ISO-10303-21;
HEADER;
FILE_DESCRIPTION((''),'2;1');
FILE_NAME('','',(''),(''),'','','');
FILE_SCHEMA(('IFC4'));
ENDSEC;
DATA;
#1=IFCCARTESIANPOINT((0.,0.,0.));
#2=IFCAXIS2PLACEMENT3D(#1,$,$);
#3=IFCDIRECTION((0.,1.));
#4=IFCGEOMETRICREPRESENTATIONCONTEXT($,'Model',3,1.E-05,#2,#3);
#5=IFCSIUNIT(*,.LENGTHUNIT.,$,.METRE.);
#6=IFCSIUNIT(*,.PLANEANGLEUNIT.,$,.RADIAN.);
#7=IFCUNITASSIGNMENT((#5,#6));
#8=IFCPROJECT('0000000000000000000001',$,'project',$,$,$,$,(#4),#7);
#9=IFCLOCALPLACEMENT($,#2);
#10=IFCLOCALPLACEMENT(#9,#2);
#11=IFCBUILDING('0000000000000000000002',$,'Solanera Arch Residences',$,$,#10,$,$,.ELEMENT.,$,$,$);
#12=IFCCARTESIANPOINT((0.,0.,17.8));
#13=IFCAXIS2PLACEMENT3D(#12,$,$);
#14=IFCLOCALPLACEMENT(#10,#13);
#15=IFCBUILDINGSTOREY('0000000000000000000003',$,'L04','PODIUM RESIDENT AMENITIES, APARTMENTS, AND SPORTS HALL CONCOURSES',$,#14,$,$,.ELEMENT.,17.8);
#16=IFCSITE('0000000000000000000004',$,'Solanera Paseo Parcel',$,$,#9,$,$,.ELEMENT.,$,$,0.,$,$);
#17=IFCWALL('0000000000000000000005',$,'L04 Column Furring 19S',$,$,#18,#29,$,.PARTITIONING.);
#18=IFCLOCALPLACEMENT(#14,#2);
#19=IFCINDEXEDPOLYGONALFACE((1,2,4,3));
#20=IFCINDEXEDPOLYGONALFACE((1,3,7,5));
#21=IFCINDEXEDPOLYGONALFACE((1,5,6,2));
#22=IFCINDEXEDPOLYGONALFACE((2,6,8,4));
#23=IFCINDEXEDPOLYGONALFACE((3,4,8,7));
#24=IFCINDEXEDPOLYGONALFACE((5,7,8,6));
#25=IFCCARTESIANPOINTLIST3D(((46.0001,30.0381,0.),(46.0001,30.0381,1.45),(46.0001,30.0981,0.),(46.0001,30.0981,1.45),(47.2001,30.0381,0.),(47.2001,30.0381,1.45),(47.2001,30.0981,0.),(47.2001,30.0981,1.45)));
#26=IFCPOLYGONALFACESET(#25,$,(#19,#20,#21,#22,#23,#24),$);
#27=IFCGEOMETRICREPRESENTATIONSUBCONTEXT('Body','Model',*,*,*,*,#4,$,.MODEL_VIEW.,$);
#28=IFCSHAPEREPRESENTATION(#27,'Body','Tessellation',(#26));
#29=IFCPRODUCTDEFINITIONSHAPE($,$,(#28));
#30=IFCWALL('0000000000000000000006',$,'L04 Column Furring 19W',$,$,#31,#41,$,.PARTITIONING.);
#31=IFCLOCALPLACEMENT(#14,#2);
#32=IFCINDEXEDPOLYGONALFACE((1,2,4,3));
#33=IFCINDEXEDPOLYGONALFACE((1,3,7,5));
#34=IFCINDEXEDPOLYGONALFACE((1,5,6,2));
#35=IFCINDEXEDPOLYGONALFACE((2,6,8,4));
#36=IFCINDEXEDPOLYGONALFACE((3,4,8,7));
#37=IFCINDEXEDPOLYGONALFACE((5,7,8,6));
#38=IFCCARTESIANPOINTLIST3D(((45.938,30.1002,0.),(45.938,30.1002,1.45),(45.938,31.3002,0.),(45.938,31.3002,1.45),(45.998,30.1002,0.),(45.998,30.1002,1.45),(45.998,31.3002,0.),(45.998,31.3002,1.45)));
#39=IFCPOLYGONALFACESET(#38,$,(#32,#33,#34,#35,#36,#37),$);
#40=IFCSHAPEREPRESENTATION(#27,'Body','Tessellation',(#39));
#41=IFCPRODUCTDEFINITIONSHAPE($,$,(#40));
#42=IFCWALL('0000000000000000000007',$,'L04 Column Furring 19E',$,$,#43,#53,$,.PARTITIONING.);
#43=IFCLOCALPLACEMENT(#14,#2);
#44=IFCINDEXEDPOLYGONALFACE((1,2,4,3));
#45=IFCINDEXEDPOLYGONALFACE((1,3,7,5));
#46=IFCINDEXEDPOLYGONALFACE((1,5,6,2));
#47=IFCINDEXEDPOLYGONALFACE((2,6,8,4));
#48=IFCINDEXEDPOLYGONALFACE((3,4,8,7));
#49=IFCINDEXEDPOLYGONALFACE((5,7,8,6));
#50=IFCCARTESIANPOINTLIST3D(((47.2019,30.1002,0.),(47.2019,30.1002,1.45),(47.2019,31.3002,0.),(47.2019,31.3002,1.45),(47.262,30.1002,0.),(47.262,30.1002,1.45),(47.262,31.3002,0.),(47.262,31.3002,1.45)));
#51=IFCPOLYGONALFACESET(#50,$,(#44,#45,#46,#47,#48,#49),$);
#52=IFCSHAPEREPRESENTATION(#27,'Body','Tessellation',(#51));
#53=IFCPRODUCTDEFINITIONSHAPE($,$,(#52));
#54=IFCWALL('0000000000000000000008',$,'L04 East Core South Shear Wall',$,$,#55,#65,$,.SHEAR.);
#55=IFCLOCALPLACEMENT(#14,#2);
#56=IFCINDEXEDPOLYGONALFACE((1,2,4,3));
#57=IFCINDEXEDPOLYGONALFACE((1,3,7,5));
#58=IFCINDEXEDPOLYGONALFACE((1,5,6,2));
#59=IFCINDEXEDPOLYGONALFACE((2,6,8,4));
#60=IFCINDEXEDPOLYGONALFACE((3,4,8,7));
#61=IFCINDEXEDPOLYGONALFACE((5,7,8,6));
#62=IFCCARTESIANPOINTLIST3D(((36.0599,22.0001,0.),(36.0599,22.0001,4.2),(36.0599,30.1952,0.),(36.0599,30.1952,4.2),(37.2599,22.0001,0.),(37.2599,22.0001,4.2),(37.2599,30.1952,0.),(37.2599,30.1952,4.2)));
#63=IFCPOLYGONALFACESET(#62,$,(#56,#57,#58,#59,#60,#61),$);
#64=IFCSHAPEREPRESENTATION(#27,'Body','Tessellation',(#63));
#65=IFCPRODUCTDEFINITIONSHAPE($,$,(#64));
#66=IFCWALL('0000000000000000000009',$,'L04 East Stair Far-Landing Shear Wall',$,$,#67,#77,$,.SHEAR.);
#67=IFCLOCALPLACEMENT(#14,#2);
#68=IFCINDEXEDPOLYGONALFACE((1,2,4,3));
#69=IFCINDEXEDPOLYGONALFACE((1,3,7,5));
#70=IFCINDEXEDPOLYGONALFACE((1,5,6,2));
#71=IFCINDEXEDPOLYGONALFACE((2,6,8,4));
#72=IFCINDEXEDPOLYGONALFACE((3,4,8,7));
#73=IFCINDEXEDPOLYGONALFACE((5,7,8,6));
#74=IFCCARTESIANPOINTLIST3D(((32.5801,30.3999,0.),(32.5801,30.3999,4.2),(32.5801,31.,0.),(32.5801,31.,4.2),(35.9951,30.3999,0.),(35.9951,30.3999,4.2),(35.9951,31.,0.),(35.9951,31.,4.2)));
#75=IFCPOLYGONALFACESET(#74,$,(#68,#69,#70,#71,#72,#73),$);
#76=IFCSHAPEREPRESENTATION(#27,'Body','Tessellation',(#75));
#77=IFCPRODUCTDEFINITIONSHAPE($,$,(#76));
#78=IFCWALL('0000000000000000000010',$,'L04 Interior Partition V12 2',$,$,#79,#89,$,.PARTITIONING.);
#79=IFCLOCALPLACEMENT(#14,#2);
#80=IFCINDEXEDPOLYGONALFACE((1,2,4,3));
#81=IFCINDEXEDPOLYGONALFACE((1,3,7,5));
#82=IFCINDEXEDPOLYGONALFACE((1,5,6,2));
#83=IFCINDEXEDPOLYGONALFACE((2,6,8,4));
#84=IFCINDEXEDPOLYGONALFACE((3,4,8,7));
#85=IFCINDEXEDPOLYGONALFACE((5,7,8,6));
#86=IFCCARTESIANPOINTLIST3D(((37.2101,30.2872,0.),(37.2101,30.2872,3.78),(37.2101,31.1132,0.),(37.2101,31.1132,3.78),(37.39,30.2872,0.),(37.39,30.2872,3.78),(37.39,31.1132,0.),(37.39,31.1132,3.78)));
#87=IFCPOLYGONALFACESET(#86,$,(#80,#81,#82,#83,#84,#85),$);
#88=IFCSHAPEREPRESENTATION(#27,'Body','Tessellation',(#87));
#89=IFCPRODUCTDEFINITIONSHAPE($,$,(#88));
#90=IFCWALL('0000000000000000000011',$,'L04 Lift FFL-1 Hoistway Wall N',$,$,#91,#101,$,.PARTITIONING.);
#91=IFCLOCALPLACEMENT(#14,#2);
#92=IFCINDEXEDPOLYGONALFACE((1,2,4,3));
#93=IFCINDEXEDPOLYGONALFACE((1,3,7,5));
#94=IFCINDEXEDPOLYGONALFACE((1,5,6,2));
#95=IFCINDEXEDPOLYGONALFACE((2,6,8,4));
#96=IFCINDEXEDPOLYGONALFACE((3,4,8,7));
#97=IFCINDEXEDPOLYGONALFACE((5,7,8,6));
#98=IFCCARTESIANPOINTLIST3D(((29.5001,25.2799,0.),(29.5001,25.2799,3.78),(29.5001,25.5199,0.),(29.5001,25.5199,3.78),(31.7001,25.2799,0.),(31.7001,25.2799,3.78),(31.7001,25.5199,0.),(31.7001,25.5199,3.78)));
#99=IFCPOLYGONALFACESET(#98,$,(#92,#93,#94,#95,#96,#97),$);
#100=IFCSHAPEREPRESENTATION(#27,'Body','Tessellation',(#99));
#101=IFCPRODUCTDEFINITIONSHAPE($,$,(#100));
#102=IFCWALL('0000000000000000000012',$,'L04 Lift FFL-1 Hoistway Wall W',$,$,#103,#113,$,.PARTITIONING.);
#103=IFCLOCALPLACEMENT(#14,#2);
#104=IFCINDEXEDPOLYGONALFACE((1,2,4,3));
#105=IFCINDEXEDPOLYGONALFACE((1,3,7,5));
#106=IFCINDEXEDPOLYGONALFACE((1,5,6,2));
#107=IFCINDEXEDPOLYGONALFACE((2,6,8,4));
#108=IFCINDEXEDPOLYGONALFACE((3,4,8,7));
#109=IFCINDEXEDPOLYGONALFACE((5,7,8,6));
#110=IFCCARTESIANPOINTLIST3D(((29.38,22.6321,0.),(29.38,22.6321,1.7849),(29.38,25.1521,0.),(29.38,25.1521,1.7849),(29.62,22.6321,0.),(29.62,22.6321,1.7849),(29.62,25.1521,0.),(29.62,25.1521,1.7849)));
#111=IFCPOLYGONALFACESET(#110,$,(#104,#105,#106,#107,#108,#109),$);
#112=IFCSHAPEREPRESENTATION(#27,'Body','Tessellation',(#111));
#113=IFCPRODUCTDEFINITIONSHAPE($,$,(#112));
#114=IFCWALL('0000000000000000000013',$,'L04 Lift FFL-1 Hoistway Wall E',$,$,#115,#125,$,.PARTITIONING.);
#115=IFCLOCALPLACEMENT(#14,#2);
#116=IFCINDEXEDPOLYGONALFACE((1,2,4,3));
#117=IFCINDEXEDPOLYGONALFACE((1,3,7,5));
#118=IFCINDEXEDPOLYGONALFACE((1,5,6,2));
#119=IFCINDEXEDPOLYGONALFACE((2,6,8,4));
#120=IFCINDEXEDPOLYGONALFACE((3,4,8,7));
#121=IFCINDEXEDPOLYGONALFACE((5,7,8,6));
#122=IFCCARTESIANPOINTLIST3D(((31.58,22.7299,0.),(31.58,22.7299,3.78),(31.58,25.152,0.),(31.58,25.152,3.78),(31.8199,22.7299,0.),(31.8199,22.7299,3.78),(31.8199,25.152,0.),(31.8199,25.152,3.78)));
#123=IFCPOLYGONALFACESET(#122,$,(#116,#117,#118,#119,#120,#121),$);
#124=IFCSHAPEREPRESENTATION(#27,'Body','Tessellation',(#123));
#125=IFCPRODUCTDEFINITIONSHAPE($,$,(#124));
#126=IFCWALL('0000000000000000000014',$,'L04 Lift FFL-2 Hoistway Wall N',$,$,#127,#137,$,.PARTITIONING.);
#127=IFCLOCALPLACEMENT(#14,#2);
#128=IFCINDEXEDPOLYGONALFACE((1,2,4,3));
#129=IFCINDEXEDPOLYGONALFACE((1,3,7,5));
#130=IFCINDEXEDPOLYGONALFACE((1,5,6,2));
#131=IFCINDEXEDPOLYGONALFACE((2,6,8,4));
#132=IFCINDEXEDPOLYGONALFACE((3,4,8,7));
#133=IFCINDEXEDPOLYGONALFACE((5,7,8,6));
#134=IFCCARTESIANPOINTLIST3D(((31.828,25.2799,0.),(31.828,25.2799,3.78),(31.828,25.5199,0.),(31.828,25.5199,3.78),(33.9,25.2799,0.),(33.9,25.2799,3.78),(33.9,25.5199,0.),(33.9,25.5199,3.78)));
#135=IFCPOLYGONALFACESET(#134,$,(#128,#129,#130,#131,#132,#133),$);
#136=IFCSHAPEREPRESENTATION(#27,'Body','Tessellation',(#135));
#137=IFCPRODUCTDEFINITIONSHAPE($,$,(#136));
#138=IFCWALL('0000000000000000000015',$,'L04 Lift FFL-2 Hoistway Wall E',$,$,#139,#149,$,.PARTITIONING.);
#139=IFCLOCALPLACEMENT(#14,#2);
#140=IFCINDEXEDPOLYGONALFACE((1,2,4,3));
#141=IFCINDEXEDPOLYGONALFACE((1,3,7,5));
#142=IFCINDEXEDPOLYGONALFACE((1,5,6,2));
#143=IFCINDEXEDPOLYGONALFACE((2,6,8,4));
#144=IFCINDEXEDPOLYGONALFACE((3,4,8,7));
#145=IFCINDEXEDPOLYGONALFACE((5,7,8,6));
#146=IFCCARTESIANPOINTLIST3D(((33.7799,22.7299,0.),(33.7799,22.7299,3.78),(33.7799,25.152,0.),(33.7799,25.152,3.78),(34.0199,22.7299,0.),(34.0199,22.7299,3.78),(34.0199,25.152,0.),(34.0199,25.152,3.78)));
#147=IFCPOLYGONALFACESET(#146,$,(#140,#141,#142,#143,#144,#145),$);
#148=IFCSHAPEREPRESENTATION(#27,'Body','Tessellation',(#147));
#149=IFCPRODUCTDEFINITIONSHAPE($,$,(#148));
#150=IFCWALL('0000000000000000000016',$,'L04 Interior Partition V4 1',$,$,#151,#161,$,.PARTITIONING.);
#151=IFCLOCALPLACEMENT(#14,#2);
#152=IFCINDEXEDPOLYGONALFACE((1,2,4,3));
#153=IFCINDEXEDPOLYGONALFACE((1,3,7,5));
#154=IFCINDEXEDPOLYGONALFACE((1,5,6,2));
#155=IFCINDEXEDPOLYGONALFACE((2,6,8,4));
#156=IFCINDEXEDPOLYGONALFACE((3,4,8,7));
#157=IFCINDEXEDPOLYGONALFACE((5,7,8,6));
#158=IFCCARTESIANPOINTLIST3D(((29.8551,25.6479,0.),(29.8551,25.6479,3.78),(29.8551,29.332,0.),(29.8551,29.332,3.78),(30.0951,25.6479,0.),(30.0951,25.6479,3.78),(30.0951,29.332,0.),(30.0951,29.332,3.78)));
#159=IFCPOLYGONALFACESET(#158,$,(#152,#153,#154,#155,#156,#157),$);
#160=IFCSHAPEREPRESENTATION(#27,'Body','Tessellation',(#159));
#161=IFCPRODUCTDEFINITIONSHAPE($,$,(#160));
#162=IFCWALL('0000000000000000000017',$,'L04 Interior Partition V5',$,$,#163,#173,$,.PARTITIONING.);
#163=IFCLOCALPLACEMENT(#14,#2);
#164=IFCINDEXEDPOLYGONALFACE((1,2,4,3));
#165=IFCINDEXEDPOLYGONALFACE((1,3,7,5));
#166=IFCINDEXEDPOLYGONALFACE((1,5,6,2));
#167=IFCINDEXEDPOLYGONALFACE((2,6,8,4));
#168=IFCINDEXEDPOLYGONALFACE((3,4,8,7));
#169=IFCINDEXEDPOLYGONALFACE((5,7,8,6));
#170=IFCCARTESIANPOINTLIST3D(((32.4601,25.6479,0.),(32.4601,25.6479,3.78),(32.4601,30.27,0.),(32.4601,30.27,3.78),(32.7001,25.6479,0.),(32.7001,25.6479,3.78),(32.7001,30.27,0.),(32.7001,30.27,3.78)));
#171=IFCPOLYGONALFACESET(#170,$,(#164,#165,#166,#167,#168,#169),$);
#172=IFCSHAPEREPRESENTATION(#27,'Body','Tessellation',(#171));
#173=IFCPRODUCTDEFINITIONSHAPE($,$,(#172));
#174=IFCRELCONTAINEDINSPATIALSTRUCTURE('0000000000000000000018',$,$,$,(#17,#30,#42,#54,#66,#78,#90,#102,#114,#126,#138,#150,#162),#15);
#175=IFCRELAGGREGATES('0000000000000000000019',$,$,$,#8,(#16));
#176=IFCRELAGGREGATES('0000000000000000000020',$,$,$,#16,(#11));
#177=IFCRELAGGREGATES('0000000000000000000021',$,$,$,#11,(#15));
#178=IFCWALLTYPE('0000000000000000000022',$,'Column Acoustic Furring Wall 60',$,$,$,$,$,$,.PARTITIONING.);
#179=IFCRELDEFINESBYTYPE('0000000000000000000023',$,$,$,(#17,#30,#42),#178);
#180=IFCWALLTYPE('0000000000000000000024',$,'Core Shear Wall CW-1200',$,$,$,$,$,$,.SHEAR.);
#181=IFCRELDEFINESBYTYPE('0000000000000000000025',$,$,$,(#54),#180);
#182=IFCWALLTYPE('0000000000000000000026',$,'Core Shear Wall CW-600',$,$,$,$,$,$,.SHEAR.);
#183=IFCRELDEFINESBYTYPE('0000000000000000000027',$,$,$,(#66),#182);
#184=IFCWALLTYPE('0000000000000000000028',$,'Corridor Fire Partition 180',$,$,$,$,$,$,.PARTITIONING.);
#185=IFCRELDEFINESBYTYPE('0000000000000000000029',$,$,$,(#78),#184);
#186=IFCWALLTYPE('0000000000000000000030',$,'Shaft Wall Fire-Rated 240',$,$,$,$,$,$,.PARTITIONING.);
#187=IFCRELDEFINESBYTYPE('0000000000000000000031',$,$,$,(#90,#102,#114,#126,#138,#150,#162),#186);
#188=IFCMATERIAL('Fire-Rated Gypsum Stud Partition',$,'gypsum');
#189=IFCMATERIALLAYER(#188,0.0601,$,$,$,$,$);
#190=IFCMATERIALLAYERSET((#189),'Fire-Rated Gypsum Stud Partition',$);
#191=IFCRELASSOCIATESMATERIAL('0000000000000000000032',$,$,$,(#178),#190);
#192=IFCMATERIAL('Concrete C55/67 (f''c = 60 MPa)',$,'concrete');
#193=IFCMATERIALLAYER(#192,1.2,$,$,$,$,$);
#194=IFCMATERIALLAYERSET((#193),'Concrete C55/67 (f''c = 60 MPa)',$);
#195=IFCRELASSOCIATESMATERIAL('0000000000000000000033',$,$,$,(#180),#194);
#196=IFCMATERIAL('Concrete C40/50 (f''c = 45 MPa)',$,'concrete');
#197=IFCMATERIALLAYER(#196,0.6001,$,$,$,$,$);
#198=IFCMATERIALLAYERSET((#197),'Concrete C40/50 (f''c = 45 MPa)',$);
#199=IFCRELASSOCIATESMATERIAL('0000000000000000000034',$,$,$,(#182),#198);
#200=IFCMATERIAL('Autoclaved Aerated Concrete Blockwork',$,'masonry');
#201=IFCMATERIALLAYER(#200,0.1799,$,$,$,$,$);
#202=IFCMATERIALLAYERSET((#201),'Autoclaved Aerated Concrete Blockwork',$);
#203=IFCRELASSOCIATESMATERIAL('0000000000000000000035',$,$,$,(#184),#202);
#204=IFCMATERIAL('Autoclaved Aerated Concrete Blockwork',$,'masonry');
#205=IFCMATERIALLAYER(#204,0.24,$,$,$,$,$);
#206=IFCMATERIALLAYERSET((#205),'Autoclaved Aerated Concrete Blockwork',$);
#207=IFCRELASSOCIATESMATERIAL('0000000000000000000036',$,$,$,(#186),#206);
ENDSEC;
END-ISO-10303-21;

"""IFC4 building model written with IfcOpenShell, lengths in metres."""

from ifc_helpers import new_model, si_unit, direction, frame, frame_2d, origin, place, context, subcontext, project, spatial, rectangle, extrude, material, layer, layer_set, type_object, element, save


model = new_model("IFC4")

# Units and contexts
model_context = context("Model", 3, precision=1e-05, world=origin(), true_north=direction((0.0, 1.0)))
body_context = subcontext(model_context, "Body", "Model", "MODEL_VIEW")
ifc_project = project(units=[si_unit("LENGTHUNIT", "METRE"), si_unit("PLANEANGLEUNIT", "RADIAN")], contexts=[model_context])

# Site, building, storey
site_placement = place(None, origin())
site = spatial("IfcSite", under=ifc_project, at=site_placement, Name="Solanera Paseo Parcel", CompositionType="ELEMENT", RefElevation=0.0)
building_placement = place(site_placement, origin())
building = spatial("IfcBuilding", under=site, at=building_placement, Name="Solanera Arch Residences", CompositionType="ELEMENT")
storey_placement = place(building_placement, frame((0.0, 0.0, 17.8)))
storey = spatial("IfcBuildingStorey", under=building, at=storey_placement, Name="L04", Description="PODIUM RESIDENT AMENITIES, APARTMENTS, AND SPORTS HALL CONCOURSES", CompositionType="ELEMENT", Elevation=17.8)

# Walls
ifc_material_1 = material(Name="Fire-Rated Gypsum Stud Partition", Category="gypsum")
ifc_layer_1 = layer(ifc_material_1, 0.0601)
ifc_layer_set_1 = layer_set([ifc_layer_1], Name="Fire-Rated Gypsum Stud Partition")
wall_type_1 = type_object("IfcWallType", Name="Column Acoustic Furring Wall 60", PredefinedType="PARTITIONING", material=ifc_layer_set_1)
for number, where, z_axis, x_axis, name in (
    (1, (46.0, 30.0681, 0.0), (0.0, 0.0, 1.0), (1.0, 0.0, 0.0), "L04 Column Furring 19S"),
    (2, (45.968, 30.1001, 0.0), (0.0, 0.0, 1.0), (0.0, 1.0, 0.0), "L04 Column Furring 19W"),
    (3, (47.2319, 30.1001, 0.0), (0.0, 0.0, 1.0), (0.0, 1.0, 0.0), "L04 Column Furring 19E"),
):
    element("IfcWall", number, at=place(storey_placement, frame(where, z_axis=z_axis, x_axis=x_axis)), inside=storey, type_object=wall_type_1, Name=name, PredefinedType="PARTITIONING", context=body_context, shape_type="SweptSolid", body=[
        extrude(rectangle(XDim=1.2, YDim=0.0601, at=frame_2d((0.6001, 0.0))), origin(), (0.0, 0.0, 1.0), 1.45),
    ])
ifc_material_2 = material(Name="Concrete C55/67 (f'c = 60 MPa)", Category="concrete")
ifc_layer_2 = layer(ifc_material_2, 1.2)
ifc_layer_set_2 = layer_set([ifc_layer_2], Name="Concrete C55/67 (f'c = 60 MPa)")
wall_type_2 = type_object("IfcWallType", Name="Core Shear Wall CW-1200", PredefinedType="SHEAR", material=ifc_layer_set_2)
wall_1_placement = place(storey_placement, frame((36.6599, 22.0, 0.0), z_axis=(0.0, 0.0, 1.0), x_axis=(0.0, 1.0, 0.0)))
element("IfcWall", 4, at=wall_1_placement, inside=storey, type_object=wall_type_2, Name="L04 East Core South Shear Wall", PredefinedType="SHEAR", context=body_context, shape_type="SweptSolid", body=[
    extrude(rectangle(XDim=8.1951, YDim=1.2, at=frame_2d((4.0977, 0.0))), origin(), (0.0, 0.0, 1.0), 4.2),
])
ifc_material_3 = material(Name="Concrete C40/50 (f'c = 45 MPa)", Category="concrete")
ifc_layer_3 = layer(ifc_material_3, 0.6001)
ifc_layer_set_3 = layer_set([ifc_layer_3], Name="Concrete C40/50 (f'c = 45 MPa)")
wall_type_3 = type_object("IfcWallType", Name="Core Shear Wall CW-600", PredefinedType="SHEAR", material=ifc_layer_set_3)
wall_2_placement = place(storey_placement, frame((32.5801, 30.7, 0.0), z_axis=(0.0, 0.0, 1.0), x_axis=(1.0, 0.0, 0.0)))
element("IfcWall", 5, at=wall_2_placement, inside=storey, type_object=wall_type_3, Name="L04 East Stair Far-Landing Shear Wall", PredefinedType="SHEAR", context=body_context, shape_type="SweptSolid", body=[
    extrude(rectangle(XDim=3.415, YDim=0.6001, at=frame_2d((1.7075, 0.0))), origin(), (0.0, 0.0, 1.0), 4.2),
])
ifc_material_4 = material(Name="Autoclaved Aerated Concrete Blockwork", Category="masonry")
ifc_layer_4 = layer(ifc_material_4, 0.1799)
ifc_layer_set_4 = layer_set([ifc_layer_4], Name="Autoclaved Aerated Concrete Blockwork")
wall_type_4 = type_object("IfcWallType", Name="Corridor Fire Partition 180", PredefinedType="PARTITIONING", material=ifc_layer_set_4)
wall_3_placement = place(storey_placement, frame((37.3, 30.2871, 0.0), z_axis=(0.0, 0.0, 1.0), x_axis=(0.0, 1.0, 0.0)))
element("IfcWall", 6, at=wall_3_placement, inside=storey, type_object=wall_type_4, Name="L04 Interior Partition V12 2", PredefinedType="PARTITIONING", context=body_context, shape_type="SweptSolid", body=[
    extrude(rectangle(XDim=0.8259, YDim=0.1799, at=frame_2d((0.4131, 0.0))), origin(), (0.0, 0.0, 1.0), 3.78),
])
ifc_material_5 = material(Name="Autoclaved Aerated Concrete Blockwork", Category="masonry")
ifc_layer_5 = layer(ifc_material_5, 0.24)
ifc_layer_set_5 = layer_set([ifc_layer_5], Name="Autoclaved Aerated Concrete Blockwork")
wall_type_5 = type_object("IfcWallType", Name="Shaft Wall Fire-Rated 240", PredefinedType="PARTITIONING", material=ifc_layer_set_5)
wall_4_placement = place(storey_placement, frame((29.5, 25.3999, 0.0), z_axis=(0.0, 0.0, 1.0), x_axis=(1.0, 0.0, 0.0)))
element("IfcWall", 7, at=wall_4_placement, inside=storey, type_object=wall_type_5, Name="L04 Lift FFL-1 Hoistway Wall N", PredefinedType="PARTITIONING", context=body_context, shape_type="SweptSolid", body=[
    extrude(rectangle(XDim=2.2, YDim=0.24, at=frame_2d((1.1001, 0.0))), origin(), (0.0, 0.0, 1.0), 3.78),
])
wall_5_placement = place(storey_placement, frame((29.5, 22.6321, 0.0), z_axis=(0.0, 0.0, 1.0), x_axis=(0.0, 1.0, 0.0)))
element("IfcWall", 8, at=wall_5_placement, inside=storey, type_object=wall_type_5, Name="L04 Lift FFL-1 Hoistway Wall W", PredefinedType="PARTITIONING", context=body_context, shape_type="SweptSolid", body=[
    extrude(rectangle(XDim=2.52, YDim=0.24, at=frame_2d((1.26, 0.0))), origin(), (0.0, 0.0, 1.0), 1.7849),
])
wall_6_placement = place(storey_placement, frame((31.7, 22.73, 0.0), z_axis=(0.0, 0.0, 1.0), x_axis=(0.0, 1.0, 0.0)))
element("IfcWall", 9, at=wall_6_placement, inside=storey, type_object=wall_type_5, Name="L04 Lift FFL-1 Hoistway Wall E", PredefinedType="PARTITIONING", context=body_context, shape_type="SweptSolid", body=[
    extrude(rectangle(XDim=2.4221, YDim=0.24, at=frame_2d((1.2109, 0.0))), origin(), (0.0, 0.0, 1.0), 3.78),
])
wall_7_placement = place(storey_placement, frame((31.8279, 25.3999, 0.0), z_axis=(0.0, 0.0, 1.0), x_axis=(1.0, 0.0, 0.0)))
element("IfcWall", 10, at=wall_7_placement, inside=storey, type_object=wall_type_5, Name="L04 Lift FFL-2 Hoistway Wall N", PredefinedType="PARTITIONING", context=body_context, shape_type="SweptSolid", body=[
    extrude(rectangle(XDim=2.072, YDim=0.24, at=frame_2d((1.0361, 0.0))), origin(), (0.0, 0.0, 1.0), 3.78),
])
wall_8_placement = place(storey_placement, frame((33.8999, 22.73, 0.0), z_axis=(0.0, 0.0, 1.0), x_axis=(0.0, 1.0, 0.0)))
element("IfcWall", 11, at=wall_8_placement, inside=storey, type_object=wall_type_5, Name="L04 Lift FFL-2 Hoistway Wall E", PredefinedType="PARTITIONING", context=body_context, shape_type="SweptSolid", body=[
    extrude(rectangle(XDim=2.4221, YDim=0.24, at=frame_2d((1.2109, 0.0))), origin(), (0.0, 0.0, 1.0), 3.78),
])
wall_9_placement = place(storey_placement, frame((29.9751, 25.6479, 0.0), z_axis=(0.0, 0.0, 1.0), x_axis=(0.0, 1.0, 0.0)))
element("IfcWall", 12, at=wall_9_placement, inside=storey, type_object=wall_type_5, Name="L04 Interior Partition V4 1", PredefinedType="PARTITIONING", context=body_context, shape_type="SweptSolid", body=[
    extrude(rectangle(XDim=3.6841, YDim=0.24, at=frame_2d((1.842, 0.0))), origin(), (0.0, 0.0, 1.0), 3.78),
])

# Wall
wall_10_placement = place(storey_placement, frame((32.5801, 25.6479, 0.0), z_axis=(0.0, 0.0, 1.0), x_axis=(0.0, 1.0, 0.0)))
element("IfcWall", 13, at=wall_10_placement, inside=storey, type_object=wall_type_5, Name="L04 Interior Partition V5", PredefinedType="PARTITIONING", context=body_context, shape_type="SweptSolid", body=[
    extrude(rectangle(XDim=4.6221, YDim=0.24, at=frame_2d((2.311, 0.0))), origin(), (0.0, 0.0, 1.0), 3.78),
])

save(model, "model.ifc")
